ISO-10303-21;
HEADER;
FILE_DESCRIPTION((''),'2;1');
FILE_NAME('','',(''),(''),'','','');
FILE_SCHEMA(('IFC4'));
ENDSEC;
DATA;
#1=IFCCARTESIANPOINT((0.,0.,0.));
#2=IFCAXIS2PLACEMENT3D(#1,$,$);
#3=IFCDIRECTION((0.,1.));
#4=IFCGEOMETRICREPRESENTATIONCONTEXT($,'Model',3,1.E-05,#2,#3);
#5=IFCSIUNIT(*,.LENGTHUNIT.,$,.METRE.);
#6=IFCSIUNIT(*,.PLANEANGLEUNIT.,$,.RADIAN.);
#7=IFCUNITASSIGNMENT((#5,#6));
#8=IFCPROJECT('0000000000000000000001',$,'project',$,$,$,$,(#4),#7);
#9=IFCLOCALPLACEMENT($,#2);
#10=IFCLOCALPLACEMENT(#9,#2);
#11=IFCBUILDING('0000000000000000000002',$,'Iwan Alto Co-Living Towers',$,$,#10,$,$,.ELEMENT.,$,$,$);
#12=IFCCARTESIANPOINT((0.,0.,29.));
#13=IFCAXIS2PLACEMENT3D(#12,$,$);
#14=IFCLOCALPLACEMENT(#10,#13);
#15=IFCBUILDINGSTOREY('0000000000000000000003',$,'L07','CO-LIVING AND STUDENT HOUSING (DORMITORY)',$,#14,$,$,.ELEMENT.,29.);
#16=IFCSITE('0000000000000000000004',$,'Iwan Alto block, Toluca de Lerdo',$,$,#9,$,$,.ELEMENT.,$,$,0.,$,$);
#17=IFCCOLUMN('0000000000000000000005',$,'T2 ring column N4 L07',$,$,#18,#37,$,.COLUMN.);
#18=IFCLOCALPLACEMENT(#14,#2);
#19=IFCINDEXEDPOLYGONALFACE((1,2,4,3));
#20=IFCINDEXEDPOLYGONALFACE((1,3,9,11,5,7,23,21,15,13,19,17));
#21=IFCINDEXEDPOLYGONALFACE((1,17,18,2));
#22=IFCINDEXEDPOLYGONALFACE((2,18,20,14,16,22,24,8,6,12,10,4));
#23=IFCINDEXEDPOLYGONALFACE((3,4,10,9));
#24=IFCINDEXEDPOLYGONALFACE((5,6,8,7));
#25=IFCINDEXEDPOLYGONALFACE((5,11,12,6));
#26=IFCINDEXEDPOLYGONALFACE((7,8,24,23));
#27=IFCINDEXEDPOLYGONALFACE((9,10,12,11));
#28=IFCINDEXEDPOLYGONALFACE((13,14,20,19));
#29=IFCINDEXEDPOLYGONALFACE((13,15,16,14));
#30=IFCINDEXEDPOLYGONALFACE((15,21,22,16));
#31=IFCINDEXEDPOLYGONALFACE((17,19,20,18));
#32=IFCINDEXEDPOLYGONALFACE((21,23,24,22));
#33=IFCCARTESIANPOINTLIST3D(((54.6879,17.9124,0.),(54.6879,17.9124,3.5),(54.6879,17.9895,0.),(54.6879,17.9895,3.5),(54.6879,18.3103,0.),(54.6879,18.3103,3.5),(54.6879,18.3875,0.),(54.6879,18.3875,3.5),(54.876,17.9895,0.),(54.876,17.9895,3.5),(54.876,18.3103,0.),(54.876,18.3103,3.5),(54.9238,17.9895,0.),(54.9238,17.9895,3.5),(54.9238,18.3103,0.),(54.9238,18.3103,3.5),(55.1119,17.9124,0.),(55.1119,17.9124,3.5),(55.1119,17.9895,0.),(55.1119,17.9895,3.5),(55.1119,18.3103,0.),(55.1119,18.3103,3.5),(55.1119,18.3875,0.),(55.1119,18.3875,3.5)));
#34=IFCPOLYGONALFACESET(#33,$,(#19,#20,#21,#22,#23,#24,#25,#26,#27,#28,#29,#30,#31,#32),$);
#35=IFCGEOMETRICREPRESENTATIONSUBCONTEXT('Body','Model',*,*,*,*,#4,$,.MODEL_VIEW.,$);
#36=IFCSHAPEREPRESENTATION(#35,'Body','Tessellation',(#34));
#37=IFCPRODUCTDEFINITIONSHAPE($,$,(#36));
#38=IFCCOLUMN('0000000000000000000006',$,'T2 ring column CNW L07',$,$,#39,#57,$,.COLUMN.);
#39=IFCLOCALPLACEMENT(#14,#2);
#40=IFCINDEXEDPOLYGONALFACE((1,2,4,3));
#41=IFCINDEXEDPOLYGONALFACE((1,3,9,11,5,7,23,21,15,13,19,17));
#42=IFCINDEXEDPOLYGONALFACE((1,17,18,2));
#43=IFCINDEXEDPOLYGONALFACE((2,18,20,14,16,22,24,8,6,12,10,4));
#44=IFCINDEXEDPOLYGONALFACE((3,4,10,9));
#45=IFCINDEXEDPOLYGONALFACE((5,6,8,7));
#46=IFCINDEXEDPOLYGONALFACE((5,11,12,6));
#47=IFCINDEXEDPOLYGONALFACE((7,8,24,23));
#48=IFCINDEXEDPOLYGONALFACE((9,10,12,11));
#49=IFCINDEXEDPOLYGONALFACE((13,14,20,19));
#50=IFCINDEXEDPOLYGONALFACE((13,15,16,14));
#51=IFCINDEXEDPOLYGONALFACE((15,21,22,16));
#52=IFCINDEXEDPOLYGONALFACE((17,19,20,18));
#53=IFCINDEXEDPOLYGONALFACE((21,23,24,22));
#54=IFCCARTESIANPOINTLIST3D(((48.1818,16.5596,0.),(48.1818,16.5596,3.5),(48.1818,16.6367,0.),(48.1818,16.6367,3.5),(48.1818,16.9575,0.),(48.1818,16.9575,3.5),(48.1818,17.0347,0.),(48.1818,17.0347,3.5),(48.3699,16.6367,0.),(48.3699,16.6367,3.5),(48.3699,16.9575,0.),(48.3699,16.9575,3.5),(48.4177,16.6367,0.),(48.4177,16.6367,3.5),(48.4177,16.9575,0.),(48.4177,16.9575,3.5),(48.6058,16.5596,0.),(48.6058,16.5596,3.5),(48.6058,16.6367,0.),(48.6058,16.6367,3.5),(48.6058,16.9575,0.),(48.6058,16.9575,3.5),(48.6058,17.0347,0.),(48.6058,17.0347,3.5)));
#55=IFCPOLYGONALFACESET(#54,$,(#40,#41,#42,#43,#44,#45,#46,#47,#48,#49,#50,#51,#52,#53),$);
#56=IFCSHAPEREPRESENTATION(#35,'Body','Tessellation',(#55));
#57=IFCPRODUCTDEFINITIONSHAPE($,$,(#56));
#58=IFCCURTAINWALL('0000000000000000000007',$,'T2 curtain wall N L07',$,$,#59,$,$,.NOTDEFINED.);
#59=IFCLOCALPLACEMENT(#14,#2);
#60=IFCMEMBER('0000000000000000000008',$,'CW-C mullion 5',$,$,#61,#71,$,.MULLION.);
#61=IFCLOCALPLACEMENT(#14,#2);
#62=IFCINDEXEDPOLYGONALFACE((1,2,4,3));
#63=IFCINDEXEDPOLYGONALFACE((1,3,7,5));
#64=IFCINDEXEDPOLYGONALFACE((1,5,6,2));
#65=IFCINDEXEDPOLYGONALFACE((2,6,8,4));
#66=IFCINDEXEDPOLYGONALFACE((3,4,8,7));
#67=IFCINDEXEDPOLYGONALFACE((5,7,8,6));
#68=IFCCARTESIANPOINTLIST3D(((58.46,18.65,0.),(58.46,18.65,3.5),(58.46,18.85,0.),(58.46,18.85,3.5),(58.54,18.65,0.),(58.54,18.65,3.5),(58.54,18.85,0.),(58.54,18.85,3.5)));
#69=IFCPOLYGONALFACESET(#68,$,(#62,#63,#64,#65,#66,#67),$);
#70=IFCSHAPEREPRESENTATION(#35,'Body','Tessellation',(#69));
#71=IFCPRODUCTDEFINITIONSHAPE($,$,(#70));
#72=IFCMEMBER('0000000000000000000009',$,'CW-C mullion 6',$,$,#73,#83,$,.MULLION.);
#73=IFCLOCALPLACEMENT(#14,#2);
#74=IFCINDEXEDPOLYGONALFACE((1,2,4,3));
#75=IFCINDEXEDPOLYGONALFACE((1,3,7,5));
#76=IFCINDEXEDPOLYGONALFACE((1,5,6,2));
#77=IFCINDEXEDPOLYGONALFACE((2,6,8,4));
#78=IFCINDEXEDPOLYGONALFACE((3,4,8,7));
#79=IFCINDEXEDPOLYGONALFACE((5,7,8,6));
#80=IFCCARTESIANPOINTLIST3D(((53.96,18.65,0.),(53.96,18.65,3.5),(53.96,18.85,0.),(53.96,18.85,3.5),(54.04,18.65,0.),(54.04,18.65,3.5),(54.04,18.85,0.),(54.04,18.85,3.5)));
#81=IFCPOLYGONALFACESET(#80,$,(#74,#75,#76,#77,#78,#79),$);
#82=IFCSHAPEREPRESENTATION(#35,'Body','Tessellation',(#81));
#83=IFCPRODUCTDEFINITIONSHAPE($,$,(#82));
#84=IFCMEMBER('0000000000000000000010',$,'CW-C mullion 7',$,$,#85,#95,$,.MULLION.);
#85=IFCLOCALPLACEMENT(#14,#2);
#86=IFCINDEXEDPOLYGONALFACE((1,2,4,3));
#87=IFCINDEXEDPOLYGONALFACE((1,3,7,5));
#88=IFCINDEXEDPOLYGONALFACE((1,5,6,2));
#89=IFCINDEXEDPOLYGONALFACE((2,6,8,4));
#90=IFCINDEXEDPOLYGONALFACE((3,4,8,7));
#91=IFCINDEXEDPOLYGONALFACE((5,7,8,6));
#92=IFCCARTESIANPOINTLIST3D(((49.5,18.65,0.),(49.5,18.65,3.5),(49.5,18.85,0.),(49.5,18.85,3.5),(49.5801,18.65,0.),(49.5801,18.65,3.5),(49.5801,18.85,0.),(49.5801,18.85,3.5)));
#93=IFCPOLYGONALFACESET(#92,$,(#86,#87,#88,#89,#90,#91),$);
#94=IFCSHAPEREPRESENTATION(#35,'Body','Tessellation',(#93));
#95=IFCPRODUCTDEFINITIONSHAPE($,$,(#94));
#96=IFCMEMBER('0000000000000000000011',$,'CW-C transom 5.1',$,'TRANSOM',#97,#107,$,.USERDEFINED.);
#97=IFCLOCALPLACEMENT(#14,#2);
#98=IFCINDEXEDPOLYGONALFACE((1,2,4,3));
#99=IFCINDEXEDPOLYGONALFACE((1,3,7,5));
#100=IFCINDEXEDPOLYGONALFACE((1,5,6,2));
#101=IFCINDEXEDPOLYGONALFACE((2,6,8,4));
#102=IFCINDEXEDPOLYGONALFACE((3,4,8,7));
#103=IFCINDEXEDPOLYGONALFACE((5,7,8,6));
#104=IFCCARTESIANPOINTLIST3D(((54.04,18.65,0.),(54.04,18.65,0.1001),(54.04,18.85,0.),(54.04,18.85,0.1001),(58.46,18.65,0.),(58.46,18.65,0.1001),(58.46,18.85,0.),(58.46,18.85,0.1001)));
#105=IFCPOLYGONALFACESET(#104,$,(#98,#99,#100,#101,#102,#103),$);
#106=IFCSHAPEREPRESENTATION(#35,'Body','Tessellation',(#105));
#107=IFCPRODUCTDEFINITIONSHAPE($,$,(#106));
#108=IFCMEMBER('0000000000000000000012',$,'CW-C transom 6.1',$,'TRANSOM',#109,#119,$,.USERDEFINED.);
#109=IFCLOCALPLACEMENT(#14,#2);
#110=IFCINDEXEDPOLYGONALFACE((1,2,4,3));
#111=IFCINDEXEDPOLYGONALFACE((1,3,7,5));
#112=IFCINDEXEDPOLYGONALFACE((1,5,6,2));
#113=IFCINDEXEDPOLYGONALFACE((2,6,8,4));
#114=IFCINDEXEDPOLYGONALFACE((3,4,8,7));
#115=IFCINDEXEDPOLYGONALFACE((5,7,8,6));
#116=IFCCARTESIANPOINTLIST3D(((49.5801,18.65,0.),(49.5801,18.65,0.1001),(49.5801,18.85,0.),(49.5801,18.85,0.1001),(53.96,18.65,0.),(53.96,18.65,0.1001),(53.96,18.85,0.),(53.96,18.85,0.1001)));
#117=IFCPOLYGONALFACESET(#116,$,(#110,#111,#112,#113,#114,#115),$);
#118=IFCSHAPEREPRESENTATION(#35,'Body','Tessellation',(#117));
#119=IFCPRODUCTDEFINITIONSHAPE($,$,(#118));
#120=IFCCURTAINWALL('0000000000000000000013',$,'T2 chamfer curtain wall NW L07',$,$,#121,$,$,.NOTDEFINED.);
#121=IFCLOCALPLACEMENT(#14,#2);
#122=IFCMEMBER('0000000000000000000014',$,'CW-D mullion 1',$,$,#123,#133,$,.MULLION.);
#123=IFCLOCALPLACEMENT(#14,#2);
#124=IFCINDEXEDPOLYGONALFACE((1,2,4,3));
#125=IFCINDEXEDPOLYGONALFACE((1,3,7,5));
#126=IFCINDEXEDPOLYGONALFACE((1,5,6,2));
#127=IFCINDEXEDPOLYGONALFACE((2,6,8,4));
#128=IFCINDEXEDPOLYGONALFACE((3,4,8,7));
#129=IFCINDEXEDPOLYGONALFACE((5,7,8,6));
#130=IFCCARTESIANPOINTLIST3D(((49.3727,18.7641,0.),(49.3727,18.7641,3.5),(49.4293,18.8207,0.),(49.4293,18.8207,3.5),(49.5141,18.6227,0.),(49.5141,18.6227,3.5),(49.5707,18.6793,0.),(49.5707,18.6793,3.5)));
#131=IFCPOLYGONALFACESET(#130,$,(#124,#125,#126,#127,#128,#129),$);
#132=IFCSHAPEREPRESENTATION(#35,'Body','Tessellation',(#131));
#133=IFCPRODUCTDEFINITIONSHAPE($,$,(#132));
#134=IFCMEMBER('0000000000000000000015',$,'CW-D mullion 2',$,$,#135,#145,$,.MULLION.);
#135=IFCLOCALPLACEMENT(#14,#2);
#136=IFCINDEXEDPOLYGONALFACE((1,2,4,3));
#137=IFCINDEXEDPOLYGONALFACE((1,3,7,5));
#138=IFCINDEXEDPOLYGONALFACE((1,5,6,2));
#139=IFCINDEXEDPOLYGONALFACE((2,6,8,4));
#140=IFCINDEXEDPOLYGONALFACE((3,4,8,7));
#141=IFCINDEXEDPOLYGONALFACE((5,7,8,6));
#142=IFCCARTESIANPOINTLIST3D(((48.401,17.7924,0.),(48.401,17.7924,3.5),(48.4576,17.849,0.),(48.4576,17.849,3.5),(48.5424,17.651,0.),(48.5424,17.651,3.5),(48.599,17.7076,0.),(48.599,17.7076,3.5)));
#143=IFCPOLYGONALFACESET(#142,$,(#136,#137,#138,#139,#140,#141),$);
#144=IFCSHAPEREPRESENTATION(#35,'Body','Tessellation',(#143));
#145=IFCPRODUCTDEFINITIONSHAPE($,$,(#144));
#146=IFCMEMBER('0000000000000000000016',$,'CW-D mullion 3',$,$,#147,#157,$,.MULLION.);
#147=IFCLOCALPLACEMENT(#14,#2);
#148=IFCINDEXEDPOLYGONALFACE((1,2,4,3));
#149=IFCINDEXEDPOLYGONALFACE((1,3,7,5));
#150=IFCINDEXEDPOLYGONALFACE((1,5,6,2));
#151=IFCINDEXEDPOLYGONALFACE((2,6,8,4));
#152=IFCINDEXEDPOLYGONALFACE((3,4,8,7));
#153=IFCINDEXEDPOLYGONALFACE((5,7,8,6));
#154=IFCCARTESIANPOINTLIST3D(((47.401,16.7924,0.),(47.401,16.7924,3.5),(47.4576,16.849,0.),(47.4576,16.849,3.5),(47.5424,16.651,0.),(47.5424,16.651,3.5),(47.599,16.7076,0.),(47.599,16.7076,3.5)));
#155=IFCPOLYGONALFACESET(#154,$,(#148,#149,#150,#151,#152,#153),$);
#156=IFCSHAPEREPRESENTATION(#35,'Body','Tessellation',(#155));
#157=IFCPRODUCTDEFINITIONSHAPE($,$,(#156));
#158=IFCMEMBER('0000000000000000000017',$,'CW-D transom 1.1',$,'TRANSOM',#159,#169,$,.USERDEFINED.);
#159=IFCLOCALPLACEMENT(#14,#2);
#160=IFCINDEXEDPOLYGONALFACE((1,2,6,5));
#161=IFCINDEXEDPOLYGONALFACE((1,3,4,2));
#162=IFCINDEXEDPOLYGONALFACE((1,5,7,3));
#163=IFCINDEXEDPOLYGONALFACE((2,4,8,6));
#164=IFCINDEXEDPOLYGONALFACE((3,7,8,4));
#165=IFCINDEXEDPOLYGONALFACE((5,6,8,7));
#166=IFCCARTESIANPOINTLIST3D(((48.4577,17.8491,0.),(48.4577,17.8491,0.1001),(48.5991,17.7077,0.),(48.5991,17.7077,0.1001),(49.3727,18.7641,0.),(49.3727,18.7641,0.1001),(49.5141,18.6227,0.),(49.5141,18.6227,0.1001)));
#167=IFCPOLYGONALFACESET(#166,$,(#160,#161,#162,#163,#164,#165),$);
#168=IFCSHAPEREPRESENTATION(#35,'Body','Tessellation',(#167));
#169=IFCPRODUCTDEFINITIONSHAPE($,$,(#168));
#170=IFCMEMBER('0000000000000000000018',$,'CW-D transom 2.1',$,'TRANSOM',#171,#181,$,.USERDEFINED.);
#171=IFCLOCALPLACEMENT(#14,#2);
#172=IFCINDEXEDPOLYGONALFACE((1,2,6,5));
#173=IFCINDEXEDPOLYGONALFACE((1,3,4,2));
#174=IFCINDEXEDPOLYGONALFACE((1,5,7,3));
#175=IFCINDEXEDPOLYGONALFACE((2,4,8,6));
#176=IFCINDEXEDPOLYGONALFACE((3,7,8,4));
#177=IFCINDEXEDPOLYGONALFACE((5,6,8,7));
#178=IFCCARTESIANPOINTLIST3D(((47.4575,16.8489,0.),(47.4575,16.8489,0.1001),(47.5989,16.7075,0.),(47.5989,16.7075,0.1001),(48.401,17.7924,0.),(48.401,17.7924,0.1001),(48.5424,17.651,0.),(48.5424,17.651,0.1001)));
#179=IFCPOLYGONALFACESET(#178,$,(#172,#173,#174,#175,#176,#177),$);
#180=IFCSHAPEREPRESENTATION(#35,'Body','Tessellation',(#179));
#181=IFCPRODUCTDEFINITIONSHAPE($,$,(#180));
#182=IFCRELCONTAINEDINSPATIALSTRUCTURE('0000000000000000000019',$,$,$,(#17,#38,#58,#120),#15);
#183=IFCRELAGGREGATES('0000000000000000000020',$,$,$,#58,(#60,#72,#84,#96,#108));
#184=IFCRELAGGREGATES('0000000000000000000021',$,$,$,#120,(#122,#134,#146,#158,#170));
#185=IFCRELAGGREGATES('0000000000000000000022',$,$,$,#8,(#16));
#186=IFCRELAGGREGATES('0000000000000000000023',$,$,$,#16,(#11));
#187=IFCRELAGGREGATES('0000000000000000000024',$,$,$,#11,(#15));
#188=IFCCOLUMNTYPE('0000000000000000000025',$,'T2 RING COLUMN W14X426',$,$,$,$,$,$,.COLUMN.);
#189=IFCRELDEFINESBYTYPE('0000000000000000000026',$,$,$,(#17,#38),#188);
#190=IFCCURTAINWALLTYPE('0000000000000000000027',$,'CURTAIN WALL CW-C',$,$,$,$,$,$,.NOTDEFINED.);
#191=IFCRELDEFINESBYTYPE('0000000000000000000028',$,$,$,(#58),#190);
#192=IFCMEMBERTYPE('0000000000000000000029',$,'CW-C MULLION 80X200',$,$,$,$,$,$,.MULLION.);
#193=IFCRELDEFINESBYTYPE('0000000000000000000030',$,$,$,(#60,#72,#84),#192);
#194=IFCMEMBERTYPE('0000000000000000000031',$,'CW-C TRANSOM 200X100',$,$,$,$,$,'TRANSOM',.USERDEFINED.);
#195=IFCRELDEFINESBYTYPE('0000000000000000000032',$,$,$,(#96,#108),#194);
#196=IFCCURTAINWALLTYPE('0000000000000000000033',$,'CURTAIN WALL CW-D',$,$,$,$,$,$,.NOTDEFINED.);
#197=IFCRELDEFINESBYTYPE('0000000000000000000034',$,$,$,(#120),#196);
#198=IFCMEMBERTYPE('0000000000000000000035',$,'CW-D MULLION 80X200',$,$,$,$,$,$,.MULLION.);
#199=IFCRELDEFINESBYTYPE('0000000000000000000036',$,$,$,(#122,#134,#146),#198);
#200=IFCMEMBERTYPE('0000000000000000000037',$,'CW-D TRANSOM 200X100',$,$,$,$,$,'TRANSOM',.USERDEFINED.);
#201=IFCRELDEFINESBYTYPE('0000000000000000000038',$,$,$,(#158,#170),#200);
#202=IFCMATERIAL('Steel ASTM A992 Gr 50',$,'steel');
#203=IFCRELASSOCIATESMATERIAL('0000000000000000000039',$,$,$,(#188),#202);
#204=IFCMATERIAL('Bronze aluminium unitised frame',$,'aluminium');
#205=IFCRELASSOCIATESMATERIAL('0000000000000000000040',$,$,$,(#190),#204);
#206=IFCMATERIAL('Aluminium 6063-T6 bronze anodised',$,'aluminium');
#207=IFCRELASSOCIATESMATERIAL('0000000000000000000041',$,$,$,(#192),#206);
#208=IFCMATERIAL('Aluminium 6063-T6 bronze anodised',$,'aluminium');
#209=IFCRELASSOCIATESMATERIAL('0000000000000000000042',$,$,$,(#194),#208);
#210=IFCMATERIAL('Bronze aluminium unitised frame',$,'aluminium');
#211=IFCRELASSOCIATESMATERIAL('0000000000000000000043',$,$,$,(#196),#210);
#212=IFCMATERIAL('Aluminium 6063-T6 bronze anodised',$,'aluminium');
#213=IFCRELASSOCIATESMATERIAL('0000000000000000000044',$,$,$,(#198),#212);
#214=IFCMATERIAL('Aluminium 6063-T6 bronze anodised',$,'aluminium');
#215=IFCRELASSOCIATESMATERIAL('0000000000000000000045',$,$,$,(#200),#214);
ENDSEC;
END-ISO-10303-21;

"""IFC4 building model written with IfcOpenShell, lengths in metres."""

from ifc_helpers import new_model, si_unit, direction, frame, origin, origin_2d, place, context, subcontext, project, spatial, rectangle, i_section, extrude, material, material_profile, profile_set, type_object, element, aggregate, save


model = new_model("IFC4")

# Units and contexts
model_context = context("Model", 3, precision=1e-05, world=origin(), true_north=direction((0.0, 1.0)))
body_context = subcontext(model_context, "Body", "Model", "MODEL_VIEW")
ifc_project = project(units=[si_unit("LENGTHUNIT", "METRE"), si_unit("PLANEANGLEUNIT", "RADIAN")], contexts=[model_context])

# Site, building, storey
site_placement = place(None, origin())
site = spatial("IfcSite", under=ifc_project, at=site_placement, Name="Iwan Alto block, Toluca de Lerdo", CompositionType="ELEMENT", RefElevation=0.0)
building_placement = place(site_placement, origin())
building = spatial("IfcBuilding", under=site, at=building_placement, Name="Iwan Alto Co-Living Towers", CompositionType="ELEMENT")
storey_placement = place(building_placement, frame((0.0, 0.0, 29.0)))
storey = spatial("IfcBuildingStorey", under=building, at=storey_placement, Name="L07", Description="CO-LIVING AND STUDENT HOUSING (DORMITORY)", CompositionType="ELEMENT", Elevation=29.0)

# Columns
ifc_material_1 = material(Name="Steel ASTM A992 Gr 50", Category="steel")
ifc_material_profile_1 = material_profile(ifc_material_1, i_section(OverallWidth=0.4241, OverallDepth=0.4751, WebThickness=0.0479, FlangeThickness=0.0771, at=origin_2d()), Name="W14X426")
ifc_profile_set_1 = profile_set([ifc_material_profile_1], Name="Steel ASTM A992 Gr 50")
column_type = type_object("IfcColumnType", Name="T2 RING COLUMN W14X426", PredefinedType="COLUMN", material=ifc_profile_set_1)
for number, where, z_axis, x_axis, name in (
    (1, (54.8999, 18.1499, 0.0), (0.0, 0.0, 1.0), (1.0, 0.0, 0.0), "T2 ring column N4 L07"),
    (2, (48.3938, 16.7971, 0.0), (0.0, 0.0, 1.0), (1.0, 0.0, 0.0), "T2 ring column CNW L07"),
):
    element("IfcColumn", number, at=place(storey_placement, frame(where, z_axis=z_axis, x_axis=x_axis)), inside=storey, type_object=column_type, Name=name, PredefinedType="COLUMN", context=body_context, shape_type="SweptSolid", body=[
        extrude(i_section(OverallWidth=0.4241, OverallDepth=0.4751, WebThickness=0.0479, FlangeThickness=0.0771, at=origin_2d()), origin(), (0.0, 0.0, 1.0), 3.5),
    ])

# Curtain walls, members
ifc_material_2 = material(Name="Bronze aluminium unitised frame", Category="aluminium")
curtain_wall_type_1 = type_object("IfcCurtainWallType", Name="CURTAIN WALL CW-C", PredefinedType="NOTDEFINED", material=ifc_material_2)
curtain_wall_1_placement = place(storey_placement, origin())
curtain_wall_1 = element("IfcCurtainWall", 3, at=curtain_wall_1_placement, inside=storey, type_object=curtain_wall_type_1, Name="T2 curtain wall N L07", PredefinedType="NOTDEFINED")
ifc_material_3 = material(Name="Aluminium 6063-T6 bronze anodised", Category="aluminium")
ifc_material_profile_2 = material_profile(ifc_material_3, rectangle(XDim=0.2, YDim=0.0801, at=origin_2d()), Name="AL 80X200")
ifc_profile_set_2 = profile_set([ifc_material_profile_2], Name="Aluminium 6063-T6 bronze anodised")
member_type_1 = type_object("IfcMemberType", Name="CW-C MULLION 80X200", PredefinedType="MULLION", material=ifc_profile_set_2)
member_1_placement = place(storey_placement, frame((58.5, 18.75, 0.0), z_axis=(0.0, 0.0, 1.0), x_axis=(0.0, -1.0, 0.0)))
member_1 = element("IfcMember", 4, at=member_1_placement, type_object=member_type_1, Name="CW-C mullion 5", PredefinedType="MULLION", context=body_context, shape_type="SweptSolid", body=[
    extrude(rectangle(XDim=0.2, YDim=0.0801, at=origin_2d()), origin(), (0.0, 0.0, 1.0), 3.5),
])
member_2_placement = place(storey_placement, frame((54.0, 18.75, 0.0), z_axis=(0.0, 0.0, 1.0), x_axis=(0.0, -1.0, 0.0)))
member_2 = element("IfcMember", 5, at=member_2_placement, type_object=member_type_1, Name="CW-C mullion 6", PredefinedType="MULLION", context=body_context, shape_type="SweptSolid", body=[
    extrude(rectangle(XDim=0.2, YDim=0.0801, at=origin_2d()), origin(), (0.0, 0.0, 1.0), 3.5),
])
member_3_placement = place(storey_placement, frame((49.54, 18.75, 0.0), z_axis=(0.0, 0.0, 1.0), x_axis=(0.0, -1.0, 0.0)))
member_3 = element("IfcMember", 6, at=member_3_placement, type_object=member_type_1, Name="CW-C mullion 7", PredefinedType="MULLION", context=body_context, shape_type="SweptSolid", body=[
    extrude(rectangle(XDim=0.2, YDim=0.0801, at=origin_2d()), origin(), (0.0, 0.0, 1.0), 3.5),
])
ifc_material_4 = material(Name="Aluminium 6063-T6 bronze anodised", Category="aluminium")
ifc_material_profile_3 = material_profile(ifc_material_4, rectangle(XDim=0.2, YDim=0.1001, at=origin_2d()), Name="AL 200X100")
ifc_profile_set_3 = profile_set([ifc_material_profile_3], Name="Aluminium 6063-T6 bronze anodised")
member_type_2 = type_object("IfcMemberType", Name="CW-C TRANSOM 200X100", ElementType="TRANSOM", PredefinedType="USERDEFINED", material=ifc_profile_set_3)
member_4_placement = place(storey_placement, frame((58.46, 18.75, 0.05), z_axis=(-1.0, 0.0, 0.0), x_axis=(0.0, -1.0, 0.0)))
member_4 = element("IfcMember", 7, at=member_4_placement, type_object=member_type_2, Name="CW-C transom 5.1", ObjectType="TRANSOM", PredefinedType="USERDEFINED", context=body_context, shape_type="SweptSolid", body=[
    extrude(rectangle(XDim=0.2, YDim=0.1001, at=origin_2d()), origin(), (0.0, 0.0, 1.0), 4.4199),
])
member_5_placement = place(storey_placement, frame((53.96, 18.75, 0.05), z_axis=(-1.0, 0.0, 0.0), x_axis=(0.0, -1.0, 0.0)))
member_5 = element("IfcMember", 8, at=member_5_placement, type_object=member_type_2, Name="CW-C transom 6.1", ObjectType="TRANSOM", PredefinedType="USERDEFINED", context=body_context, shape_type="SweptSolid", body=[
    extrude(rectangle(XDim=0.2, YDim=0.1001, at=origin_2d()), origin(), (0.0, 0.0, 1.0), 4.3799),
])
ifc_material_5 = material(Name="Bronze aluminium unitised frame", Category="aluminium")
curtain_wall_type_2 = type_object("IfcCurtainWallType", Name="CURTAIN WALL CW-D", PredefinedType="NOTDEFINED", material=ifc_material_5)
curtain_wall_2_placement = place(storey_placement, origin())
curtain_wall_2 = element("IfcCurtainWall", 9, at=curtain_wall_2_placement, inside=storey, type_object=curtain_wall_type_2, Name="T2 chamfer curtain wall NW L07", PredefinedType="NOTDEFINED")
ifc_material_6 = material(Name="Aluminium 6063-T6 bronze anodised", Category="aluminium")
ifc_material_profile_4 = material_profile(ifc_material_6, rectangle(XDim=0.2, YDim=0.0801, at=origin_2d()), Name="AL 80X200")
ifc_profile_set_4 = profile_set([ifc_material_profile_4], Name="Aluminium 6063-T6 bronze anodised")
member_type_3 = type_object("IfcMemberType", Name="CW-D MULLION 80X200", PredefinedType="MULLION", material=ifc_profile_set_4)
member_6_placement = place(storey_placement, frame((49.4717, 18.7217, 0.0), z_axis=(0.0, 0.0, 1.0), x_axis=(0.707107, -0.707107, 0.0)))
member_6 = element("IfcMember", 10, at=member_6_placement, type_object=member_type_3, Name="CW-D mullion 1", PredefinedType="MULLION", context=body_context, shape_type="SweptSolid", body=[
    extrude(rectangle(XDim=0.2, YDim=0.0801, at=origin_2d()), origin(), (0.0, 0.0, 1.0), 3.5),
])
member_7_placement = place(storey_placement, frame((48.5, 17.75, 0.0), z_axis=(0.0, 0.0, 1.0), x_axis=(0.707107, -0.707107, 0.0)))
member_7 = element("IfcMember", 11, at=member_7_placement, type_object=member_type_3, Name="CW-D mullion 2", PredefinedType="MULLION", context=body_context, shape_type="SweptSolid", body=[
    extrude(rectangle(XDim=0.2, YDim=0.0801, at=origin_2d()), origin(), (0.0, 0.0, 1.0), 3.5),
])
member_8_placement = place(storey_placement, frame((47.5, 16.75, 0.0), z_axis=(0.0, 0.0, 1.0), x_axis=(0.707107, -0.707107, 0.0)))
member_8 = element("IfcMember", 12, at=member_8_placement, type_object=member_type_3, Name="CW-D mullion 3", PredefinedType="MULLION", context=body_context, shape_type="SweptSolid", body=[
    extrude(rectangle(XDim=0.2, YDim=0.0801, at=origin_2d()), origin(), (0.0, 0.0, 1.0), 3.5),
])
ifc_material_7 = material(Name="Aluminium 6063-T6 bronze anodised", Category="aluminium")
ifc_material_profile_5 = material_profile(ifc_material_7, rectangle(XDim=0.2, YDim=0.1001, at=origin_2d()), Name="AL 200X100")
ifc_profile_set_5 = profile_set([ifc_material_profile_5], Name="Aluminium 6063-T6 bronze anodised")
member_type_4 = type_object("IfcMemberType", Name="CW-D TRANSOM 200X100", ElementType="TRANSOM", PredefinedType="USERDEFINED", material=ifc_profile_set_5)
member_9_placement = place(storey_placement, frame((49.4434, 18.6934, 0.05), z_axis=(-0.707107, -0.707107, 0.0), x_axis=(0.707107, -0.707107, 0.0)))
member_9 = element("IfcMember", 13, at=member_9_placement, type_object=member_type_4, Name="CW-D transom 1.1", ObjectType="TRANSOM", PredefinedType="USERDEFINED", context=body_context, shape_type="SweptSolid", body=[
    extrude(rectangle(XDim=0.2, YDim=0.1001, at=origin_2d()), origin(), (0.0, 0.0, 1.0), 1.2939),
])
member_10_placement = place(storey_placement, frame((48.4717, 17.7217, 0.05), z_axis=(-0.707107, -0.707107, 0.0), x_axis=(0.707107, -0.707107, 0.0)))
member_10 = element("IfcMember", 14, at=member_10_placement, type_object=member_type_4, Name="CW-D transom 2.1", ObjectType="TRANSOM", PredefinedType="USERDEFINED", context=body_context, shape_type="SweptSolid", body=[
    extrude(rectangle(XDim=0.2, YDim=0.1001, at=origin_2d()), origin(), (0.0, 0.0, 1.0), 1.3342),
])

aggregate(curtain_wall_1, [member_1, member_2, member_3, member_4, member_5])
aggregate(curtain_wall_2, [member_6, member_7, member_8, member_9, member_10])

save(model, "model.ifc")
